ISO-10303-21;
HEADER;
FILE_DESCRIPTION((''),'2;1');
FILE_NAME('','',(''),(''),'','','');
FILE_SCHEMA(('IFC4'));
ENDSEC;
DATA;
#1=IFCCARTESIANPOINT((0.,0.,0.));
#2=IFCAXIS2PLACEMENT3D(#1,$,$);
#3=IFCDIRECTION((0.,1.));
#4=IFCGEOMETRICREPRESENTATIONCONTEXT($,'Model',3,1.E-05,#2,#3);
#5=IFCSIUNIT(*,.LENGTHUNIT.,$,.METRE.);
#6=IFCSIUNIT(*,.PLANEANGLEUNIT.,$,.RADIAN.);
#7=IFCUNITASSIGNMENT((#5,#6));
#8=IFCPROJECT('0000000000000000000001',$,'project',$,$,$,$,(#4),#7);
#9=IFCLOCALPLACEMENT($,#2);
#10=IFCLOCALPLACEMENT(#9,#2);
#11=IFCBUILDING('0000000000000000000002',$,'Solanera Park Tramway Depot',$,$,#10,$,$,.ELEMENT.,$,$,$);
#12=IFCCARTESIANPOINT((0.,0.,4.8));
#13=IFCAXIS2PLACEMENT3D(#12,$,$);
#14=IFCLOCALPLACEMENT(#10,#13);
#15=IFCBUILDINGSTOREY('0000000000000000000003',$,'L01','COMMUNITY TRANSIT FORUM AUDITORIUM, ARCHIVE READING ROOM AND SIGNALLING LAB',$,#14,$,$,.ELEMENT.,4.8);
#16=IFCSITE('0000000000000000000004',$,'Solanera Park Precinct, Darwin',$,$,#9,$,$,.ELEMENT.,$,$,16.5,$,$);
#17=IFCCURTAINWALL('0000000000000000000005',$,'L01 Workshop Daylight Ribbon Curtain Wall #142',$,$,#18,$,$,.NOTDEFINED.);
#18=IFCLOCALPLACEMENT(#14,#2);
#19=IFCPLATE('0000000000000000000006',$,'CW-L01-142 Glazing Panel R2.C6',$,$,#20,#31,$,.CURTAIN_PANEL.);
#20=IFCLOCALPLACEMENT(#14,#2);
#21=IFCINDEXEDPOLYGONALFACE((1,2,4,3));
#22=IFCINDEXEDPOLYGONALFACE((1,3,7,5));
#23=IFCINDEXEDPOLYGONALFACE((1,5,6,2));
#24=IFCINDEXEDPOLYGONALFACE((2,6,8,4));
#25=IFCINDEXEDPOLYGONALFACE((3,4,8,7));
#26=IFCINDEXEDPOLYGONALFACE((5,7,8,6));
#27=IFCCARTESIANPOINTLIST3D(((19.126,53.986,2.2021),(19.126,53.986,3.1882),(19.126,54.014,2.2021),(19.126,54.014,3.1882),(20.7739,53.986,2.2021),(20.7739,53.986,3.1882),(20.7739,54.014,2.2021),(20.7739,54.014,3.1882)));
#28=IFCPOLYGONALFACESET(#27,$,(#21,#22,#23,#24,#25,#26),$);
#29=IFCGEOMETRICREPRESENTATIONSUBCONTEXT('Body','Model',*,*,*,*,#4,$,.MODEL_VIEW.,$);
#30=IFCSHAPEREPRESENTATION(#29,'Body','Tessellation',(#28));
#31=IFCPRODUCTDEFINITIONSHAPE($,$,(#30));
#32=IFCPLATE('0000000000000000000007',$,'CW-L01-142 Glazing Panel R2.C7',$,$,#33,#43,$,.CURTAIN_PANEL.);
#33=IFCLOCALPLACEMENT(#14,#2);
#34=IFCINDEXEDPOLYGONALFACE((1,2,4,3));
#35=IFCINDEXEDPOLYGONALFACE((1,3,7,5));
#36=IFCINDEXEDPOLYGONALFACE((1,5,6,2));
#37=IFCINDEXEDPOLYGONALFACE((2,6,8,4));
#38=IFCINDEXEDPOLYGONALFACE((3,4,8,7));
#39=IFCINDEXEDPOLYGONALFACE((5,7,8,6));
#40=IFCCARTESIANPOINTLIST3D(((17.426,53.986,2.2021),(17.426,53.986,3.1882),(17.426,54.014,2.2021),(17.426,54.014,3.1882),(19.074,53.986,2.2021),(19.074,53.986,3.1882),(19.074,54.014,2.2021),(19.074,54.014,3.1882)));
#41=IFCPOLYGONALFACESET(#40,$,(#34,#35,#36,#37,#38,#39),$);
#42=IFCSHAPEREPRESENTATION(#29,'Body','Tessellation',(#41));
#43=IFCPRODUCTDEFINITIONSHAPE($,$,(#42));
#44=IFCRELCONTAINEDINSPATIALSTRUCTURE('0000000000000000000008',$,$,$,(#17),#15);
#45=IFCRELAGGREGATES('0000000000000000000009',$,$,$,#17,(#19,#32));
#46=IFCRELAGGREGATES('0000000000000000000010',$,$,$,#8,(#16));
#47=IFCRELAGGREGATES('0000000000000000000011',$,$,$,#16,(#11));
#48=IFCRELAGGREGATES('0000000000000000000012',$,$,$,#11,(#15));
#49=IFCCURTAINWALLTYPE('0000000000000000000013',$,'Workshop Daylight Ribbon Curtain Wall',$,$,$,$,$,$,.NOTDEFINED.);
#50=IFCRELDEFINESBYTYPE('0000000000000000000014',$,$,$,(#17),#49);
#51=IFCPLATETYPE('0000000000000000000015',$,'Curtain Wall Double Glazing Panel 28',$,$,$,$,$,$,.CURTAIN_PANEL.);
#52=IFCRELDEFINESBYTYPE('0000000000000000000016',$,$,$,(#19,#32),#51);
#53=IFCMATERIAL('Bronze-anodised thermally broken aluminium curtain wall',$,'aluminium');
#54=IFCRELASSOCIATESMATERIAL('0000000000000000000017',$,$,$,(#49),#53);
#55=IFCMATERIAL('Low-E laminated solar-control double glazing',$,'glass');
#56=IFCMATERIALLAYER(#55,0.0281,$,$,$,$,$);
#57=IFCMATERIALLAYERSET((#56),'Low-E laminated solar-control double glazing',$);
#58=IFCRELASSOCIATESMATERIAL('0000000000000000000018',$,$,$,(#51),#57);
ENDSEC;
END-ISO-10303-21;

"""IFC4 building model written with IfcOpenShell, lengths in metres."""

from ifc_helpers import new_model, si_unit, direction, frame, origin, origin_2d, place, context, subcontext, project, spatial, rectangle, extrude, material, layer, layer_set, type_object, element, aggregate, save


model = new_model("IFC4")

# Units and contexts
model_context = context("Model", 3, precision=1e-05, world=origin(), true_north=direction((0.0, 1.0)))
body_context = subcontext(model_context, "Body", "Model", "MODEL_VIEW")
ifc_project = project(units=[si_unit("LENGTHUNIT", "METRE"), si_unit("PLANEANGLEUNIT", "RADIAN")], contexts=[model_context])

# Site, building, storey
site_placement = place(None, origin())
site = spatial("IfcSite", under=ifc_project, at=site_placement, Name="Solanera Park Precinct, Darwin", CompositionType="ELEMENT", RefElevation=16.5)
building_placement = place(site_placement, origin())
building = spatial("IfcBuilding", under=site, at=building_placement, Name="Solanera Park Tramway Depot", CompositionType="ELEMENT")
storey_placement = place(building_placement, frame((0.0, 0.0, 4.8)))
storey = spatial("IfcBuildingStorey", under=building, at=storey_placement, Name="L01", Description="COMMUNITY TRANSIT FORUM AUDITORIUM, ARCHIVE READING ROOM AND SIGNALLING LAB", CompositionType="ELEMENT", Elevation=4.8)

# Curtain wall
ifc_material_1 = material(Name="Bronze-anodised thermally broken aluminium curtain wall", Category="aluminium")
curtain_wall_type = type_object("IfcCurtainWallType", Name="Workshop Daylight Ribbon Curtain Wall", PredefinedType="NOTDEFINED", material=ifc_material_1)
curtain_wall_placement = place(storey_placement, origin())
curtain_wall = element("IfcCurtainWall", 1, at=curtain_wall_placement, inside=storey, type_object=curtain_wall_type, Name="L01 Workshop Daylight Ribbon Curtain Wall #142", PredefinedType="NOTDEFINED")

# Plates
ifc_material_2 = material(Name="Low-E laminated solar-control double glazing", Category="glass")
ifc_layer = layer(ifc_material_2, 0.0281)
ifc_layer_set = layer_set([ifc_layer], Name="Low-E laminated solar-control double glazing")
plate_type = type_object("IfcPlateType", Name="Curtain Wall Double Glazing Panel 28", PredefinedType="CURTAIN_PANEL", material=ifc_layer_set)
plate_1_placement = place(storey_placement, frame((19.95, 54.0, 2.2021), z_axis=(0.0, 0.0, 1.0), x_axis=(-1.0, 0.0, 0.0)))
plate_1 = element("IfcPlate", 2, at=plate_1_placement, type_object=plate_type, Name="CW-L01-142 Glazing Panel R2.C6", PredefinedType="CURTAIN_PANEL", context=body_context, shape_type="SweptSolid", body=[
    extrude(rectangle(XDim=1.6479, YDim=0.0281, at=origin_2d()), origin(), (0.0, 0.0, 1.0), 0.9861),
])
plate_2_placement = place(storey_placement, frame((18.25, 54.0, 2.2021), z_axis=(0.0, 0.0, 1.0), x_axis=(-1.0, 0.0, 0.0)))
plate_2 = element("IfcPlate", 3, at=plate_2_placement, type_object=plate_type, Name="CW-L01-142 Glazing Panel R2.C7", PredefinedType="CURTAIN_PANEL", context=body_context, shape_type="SweptSolid", body=[
    extrude(rectangle(XDim=1.6479, YDim=0.0281, at=origin_2d()), origin(), (0.0, 0.0, 1.0), 0.9861),
])
aggregate(curtain_wall, [plate_1, plate_2])

save(model, "model.ifc")
